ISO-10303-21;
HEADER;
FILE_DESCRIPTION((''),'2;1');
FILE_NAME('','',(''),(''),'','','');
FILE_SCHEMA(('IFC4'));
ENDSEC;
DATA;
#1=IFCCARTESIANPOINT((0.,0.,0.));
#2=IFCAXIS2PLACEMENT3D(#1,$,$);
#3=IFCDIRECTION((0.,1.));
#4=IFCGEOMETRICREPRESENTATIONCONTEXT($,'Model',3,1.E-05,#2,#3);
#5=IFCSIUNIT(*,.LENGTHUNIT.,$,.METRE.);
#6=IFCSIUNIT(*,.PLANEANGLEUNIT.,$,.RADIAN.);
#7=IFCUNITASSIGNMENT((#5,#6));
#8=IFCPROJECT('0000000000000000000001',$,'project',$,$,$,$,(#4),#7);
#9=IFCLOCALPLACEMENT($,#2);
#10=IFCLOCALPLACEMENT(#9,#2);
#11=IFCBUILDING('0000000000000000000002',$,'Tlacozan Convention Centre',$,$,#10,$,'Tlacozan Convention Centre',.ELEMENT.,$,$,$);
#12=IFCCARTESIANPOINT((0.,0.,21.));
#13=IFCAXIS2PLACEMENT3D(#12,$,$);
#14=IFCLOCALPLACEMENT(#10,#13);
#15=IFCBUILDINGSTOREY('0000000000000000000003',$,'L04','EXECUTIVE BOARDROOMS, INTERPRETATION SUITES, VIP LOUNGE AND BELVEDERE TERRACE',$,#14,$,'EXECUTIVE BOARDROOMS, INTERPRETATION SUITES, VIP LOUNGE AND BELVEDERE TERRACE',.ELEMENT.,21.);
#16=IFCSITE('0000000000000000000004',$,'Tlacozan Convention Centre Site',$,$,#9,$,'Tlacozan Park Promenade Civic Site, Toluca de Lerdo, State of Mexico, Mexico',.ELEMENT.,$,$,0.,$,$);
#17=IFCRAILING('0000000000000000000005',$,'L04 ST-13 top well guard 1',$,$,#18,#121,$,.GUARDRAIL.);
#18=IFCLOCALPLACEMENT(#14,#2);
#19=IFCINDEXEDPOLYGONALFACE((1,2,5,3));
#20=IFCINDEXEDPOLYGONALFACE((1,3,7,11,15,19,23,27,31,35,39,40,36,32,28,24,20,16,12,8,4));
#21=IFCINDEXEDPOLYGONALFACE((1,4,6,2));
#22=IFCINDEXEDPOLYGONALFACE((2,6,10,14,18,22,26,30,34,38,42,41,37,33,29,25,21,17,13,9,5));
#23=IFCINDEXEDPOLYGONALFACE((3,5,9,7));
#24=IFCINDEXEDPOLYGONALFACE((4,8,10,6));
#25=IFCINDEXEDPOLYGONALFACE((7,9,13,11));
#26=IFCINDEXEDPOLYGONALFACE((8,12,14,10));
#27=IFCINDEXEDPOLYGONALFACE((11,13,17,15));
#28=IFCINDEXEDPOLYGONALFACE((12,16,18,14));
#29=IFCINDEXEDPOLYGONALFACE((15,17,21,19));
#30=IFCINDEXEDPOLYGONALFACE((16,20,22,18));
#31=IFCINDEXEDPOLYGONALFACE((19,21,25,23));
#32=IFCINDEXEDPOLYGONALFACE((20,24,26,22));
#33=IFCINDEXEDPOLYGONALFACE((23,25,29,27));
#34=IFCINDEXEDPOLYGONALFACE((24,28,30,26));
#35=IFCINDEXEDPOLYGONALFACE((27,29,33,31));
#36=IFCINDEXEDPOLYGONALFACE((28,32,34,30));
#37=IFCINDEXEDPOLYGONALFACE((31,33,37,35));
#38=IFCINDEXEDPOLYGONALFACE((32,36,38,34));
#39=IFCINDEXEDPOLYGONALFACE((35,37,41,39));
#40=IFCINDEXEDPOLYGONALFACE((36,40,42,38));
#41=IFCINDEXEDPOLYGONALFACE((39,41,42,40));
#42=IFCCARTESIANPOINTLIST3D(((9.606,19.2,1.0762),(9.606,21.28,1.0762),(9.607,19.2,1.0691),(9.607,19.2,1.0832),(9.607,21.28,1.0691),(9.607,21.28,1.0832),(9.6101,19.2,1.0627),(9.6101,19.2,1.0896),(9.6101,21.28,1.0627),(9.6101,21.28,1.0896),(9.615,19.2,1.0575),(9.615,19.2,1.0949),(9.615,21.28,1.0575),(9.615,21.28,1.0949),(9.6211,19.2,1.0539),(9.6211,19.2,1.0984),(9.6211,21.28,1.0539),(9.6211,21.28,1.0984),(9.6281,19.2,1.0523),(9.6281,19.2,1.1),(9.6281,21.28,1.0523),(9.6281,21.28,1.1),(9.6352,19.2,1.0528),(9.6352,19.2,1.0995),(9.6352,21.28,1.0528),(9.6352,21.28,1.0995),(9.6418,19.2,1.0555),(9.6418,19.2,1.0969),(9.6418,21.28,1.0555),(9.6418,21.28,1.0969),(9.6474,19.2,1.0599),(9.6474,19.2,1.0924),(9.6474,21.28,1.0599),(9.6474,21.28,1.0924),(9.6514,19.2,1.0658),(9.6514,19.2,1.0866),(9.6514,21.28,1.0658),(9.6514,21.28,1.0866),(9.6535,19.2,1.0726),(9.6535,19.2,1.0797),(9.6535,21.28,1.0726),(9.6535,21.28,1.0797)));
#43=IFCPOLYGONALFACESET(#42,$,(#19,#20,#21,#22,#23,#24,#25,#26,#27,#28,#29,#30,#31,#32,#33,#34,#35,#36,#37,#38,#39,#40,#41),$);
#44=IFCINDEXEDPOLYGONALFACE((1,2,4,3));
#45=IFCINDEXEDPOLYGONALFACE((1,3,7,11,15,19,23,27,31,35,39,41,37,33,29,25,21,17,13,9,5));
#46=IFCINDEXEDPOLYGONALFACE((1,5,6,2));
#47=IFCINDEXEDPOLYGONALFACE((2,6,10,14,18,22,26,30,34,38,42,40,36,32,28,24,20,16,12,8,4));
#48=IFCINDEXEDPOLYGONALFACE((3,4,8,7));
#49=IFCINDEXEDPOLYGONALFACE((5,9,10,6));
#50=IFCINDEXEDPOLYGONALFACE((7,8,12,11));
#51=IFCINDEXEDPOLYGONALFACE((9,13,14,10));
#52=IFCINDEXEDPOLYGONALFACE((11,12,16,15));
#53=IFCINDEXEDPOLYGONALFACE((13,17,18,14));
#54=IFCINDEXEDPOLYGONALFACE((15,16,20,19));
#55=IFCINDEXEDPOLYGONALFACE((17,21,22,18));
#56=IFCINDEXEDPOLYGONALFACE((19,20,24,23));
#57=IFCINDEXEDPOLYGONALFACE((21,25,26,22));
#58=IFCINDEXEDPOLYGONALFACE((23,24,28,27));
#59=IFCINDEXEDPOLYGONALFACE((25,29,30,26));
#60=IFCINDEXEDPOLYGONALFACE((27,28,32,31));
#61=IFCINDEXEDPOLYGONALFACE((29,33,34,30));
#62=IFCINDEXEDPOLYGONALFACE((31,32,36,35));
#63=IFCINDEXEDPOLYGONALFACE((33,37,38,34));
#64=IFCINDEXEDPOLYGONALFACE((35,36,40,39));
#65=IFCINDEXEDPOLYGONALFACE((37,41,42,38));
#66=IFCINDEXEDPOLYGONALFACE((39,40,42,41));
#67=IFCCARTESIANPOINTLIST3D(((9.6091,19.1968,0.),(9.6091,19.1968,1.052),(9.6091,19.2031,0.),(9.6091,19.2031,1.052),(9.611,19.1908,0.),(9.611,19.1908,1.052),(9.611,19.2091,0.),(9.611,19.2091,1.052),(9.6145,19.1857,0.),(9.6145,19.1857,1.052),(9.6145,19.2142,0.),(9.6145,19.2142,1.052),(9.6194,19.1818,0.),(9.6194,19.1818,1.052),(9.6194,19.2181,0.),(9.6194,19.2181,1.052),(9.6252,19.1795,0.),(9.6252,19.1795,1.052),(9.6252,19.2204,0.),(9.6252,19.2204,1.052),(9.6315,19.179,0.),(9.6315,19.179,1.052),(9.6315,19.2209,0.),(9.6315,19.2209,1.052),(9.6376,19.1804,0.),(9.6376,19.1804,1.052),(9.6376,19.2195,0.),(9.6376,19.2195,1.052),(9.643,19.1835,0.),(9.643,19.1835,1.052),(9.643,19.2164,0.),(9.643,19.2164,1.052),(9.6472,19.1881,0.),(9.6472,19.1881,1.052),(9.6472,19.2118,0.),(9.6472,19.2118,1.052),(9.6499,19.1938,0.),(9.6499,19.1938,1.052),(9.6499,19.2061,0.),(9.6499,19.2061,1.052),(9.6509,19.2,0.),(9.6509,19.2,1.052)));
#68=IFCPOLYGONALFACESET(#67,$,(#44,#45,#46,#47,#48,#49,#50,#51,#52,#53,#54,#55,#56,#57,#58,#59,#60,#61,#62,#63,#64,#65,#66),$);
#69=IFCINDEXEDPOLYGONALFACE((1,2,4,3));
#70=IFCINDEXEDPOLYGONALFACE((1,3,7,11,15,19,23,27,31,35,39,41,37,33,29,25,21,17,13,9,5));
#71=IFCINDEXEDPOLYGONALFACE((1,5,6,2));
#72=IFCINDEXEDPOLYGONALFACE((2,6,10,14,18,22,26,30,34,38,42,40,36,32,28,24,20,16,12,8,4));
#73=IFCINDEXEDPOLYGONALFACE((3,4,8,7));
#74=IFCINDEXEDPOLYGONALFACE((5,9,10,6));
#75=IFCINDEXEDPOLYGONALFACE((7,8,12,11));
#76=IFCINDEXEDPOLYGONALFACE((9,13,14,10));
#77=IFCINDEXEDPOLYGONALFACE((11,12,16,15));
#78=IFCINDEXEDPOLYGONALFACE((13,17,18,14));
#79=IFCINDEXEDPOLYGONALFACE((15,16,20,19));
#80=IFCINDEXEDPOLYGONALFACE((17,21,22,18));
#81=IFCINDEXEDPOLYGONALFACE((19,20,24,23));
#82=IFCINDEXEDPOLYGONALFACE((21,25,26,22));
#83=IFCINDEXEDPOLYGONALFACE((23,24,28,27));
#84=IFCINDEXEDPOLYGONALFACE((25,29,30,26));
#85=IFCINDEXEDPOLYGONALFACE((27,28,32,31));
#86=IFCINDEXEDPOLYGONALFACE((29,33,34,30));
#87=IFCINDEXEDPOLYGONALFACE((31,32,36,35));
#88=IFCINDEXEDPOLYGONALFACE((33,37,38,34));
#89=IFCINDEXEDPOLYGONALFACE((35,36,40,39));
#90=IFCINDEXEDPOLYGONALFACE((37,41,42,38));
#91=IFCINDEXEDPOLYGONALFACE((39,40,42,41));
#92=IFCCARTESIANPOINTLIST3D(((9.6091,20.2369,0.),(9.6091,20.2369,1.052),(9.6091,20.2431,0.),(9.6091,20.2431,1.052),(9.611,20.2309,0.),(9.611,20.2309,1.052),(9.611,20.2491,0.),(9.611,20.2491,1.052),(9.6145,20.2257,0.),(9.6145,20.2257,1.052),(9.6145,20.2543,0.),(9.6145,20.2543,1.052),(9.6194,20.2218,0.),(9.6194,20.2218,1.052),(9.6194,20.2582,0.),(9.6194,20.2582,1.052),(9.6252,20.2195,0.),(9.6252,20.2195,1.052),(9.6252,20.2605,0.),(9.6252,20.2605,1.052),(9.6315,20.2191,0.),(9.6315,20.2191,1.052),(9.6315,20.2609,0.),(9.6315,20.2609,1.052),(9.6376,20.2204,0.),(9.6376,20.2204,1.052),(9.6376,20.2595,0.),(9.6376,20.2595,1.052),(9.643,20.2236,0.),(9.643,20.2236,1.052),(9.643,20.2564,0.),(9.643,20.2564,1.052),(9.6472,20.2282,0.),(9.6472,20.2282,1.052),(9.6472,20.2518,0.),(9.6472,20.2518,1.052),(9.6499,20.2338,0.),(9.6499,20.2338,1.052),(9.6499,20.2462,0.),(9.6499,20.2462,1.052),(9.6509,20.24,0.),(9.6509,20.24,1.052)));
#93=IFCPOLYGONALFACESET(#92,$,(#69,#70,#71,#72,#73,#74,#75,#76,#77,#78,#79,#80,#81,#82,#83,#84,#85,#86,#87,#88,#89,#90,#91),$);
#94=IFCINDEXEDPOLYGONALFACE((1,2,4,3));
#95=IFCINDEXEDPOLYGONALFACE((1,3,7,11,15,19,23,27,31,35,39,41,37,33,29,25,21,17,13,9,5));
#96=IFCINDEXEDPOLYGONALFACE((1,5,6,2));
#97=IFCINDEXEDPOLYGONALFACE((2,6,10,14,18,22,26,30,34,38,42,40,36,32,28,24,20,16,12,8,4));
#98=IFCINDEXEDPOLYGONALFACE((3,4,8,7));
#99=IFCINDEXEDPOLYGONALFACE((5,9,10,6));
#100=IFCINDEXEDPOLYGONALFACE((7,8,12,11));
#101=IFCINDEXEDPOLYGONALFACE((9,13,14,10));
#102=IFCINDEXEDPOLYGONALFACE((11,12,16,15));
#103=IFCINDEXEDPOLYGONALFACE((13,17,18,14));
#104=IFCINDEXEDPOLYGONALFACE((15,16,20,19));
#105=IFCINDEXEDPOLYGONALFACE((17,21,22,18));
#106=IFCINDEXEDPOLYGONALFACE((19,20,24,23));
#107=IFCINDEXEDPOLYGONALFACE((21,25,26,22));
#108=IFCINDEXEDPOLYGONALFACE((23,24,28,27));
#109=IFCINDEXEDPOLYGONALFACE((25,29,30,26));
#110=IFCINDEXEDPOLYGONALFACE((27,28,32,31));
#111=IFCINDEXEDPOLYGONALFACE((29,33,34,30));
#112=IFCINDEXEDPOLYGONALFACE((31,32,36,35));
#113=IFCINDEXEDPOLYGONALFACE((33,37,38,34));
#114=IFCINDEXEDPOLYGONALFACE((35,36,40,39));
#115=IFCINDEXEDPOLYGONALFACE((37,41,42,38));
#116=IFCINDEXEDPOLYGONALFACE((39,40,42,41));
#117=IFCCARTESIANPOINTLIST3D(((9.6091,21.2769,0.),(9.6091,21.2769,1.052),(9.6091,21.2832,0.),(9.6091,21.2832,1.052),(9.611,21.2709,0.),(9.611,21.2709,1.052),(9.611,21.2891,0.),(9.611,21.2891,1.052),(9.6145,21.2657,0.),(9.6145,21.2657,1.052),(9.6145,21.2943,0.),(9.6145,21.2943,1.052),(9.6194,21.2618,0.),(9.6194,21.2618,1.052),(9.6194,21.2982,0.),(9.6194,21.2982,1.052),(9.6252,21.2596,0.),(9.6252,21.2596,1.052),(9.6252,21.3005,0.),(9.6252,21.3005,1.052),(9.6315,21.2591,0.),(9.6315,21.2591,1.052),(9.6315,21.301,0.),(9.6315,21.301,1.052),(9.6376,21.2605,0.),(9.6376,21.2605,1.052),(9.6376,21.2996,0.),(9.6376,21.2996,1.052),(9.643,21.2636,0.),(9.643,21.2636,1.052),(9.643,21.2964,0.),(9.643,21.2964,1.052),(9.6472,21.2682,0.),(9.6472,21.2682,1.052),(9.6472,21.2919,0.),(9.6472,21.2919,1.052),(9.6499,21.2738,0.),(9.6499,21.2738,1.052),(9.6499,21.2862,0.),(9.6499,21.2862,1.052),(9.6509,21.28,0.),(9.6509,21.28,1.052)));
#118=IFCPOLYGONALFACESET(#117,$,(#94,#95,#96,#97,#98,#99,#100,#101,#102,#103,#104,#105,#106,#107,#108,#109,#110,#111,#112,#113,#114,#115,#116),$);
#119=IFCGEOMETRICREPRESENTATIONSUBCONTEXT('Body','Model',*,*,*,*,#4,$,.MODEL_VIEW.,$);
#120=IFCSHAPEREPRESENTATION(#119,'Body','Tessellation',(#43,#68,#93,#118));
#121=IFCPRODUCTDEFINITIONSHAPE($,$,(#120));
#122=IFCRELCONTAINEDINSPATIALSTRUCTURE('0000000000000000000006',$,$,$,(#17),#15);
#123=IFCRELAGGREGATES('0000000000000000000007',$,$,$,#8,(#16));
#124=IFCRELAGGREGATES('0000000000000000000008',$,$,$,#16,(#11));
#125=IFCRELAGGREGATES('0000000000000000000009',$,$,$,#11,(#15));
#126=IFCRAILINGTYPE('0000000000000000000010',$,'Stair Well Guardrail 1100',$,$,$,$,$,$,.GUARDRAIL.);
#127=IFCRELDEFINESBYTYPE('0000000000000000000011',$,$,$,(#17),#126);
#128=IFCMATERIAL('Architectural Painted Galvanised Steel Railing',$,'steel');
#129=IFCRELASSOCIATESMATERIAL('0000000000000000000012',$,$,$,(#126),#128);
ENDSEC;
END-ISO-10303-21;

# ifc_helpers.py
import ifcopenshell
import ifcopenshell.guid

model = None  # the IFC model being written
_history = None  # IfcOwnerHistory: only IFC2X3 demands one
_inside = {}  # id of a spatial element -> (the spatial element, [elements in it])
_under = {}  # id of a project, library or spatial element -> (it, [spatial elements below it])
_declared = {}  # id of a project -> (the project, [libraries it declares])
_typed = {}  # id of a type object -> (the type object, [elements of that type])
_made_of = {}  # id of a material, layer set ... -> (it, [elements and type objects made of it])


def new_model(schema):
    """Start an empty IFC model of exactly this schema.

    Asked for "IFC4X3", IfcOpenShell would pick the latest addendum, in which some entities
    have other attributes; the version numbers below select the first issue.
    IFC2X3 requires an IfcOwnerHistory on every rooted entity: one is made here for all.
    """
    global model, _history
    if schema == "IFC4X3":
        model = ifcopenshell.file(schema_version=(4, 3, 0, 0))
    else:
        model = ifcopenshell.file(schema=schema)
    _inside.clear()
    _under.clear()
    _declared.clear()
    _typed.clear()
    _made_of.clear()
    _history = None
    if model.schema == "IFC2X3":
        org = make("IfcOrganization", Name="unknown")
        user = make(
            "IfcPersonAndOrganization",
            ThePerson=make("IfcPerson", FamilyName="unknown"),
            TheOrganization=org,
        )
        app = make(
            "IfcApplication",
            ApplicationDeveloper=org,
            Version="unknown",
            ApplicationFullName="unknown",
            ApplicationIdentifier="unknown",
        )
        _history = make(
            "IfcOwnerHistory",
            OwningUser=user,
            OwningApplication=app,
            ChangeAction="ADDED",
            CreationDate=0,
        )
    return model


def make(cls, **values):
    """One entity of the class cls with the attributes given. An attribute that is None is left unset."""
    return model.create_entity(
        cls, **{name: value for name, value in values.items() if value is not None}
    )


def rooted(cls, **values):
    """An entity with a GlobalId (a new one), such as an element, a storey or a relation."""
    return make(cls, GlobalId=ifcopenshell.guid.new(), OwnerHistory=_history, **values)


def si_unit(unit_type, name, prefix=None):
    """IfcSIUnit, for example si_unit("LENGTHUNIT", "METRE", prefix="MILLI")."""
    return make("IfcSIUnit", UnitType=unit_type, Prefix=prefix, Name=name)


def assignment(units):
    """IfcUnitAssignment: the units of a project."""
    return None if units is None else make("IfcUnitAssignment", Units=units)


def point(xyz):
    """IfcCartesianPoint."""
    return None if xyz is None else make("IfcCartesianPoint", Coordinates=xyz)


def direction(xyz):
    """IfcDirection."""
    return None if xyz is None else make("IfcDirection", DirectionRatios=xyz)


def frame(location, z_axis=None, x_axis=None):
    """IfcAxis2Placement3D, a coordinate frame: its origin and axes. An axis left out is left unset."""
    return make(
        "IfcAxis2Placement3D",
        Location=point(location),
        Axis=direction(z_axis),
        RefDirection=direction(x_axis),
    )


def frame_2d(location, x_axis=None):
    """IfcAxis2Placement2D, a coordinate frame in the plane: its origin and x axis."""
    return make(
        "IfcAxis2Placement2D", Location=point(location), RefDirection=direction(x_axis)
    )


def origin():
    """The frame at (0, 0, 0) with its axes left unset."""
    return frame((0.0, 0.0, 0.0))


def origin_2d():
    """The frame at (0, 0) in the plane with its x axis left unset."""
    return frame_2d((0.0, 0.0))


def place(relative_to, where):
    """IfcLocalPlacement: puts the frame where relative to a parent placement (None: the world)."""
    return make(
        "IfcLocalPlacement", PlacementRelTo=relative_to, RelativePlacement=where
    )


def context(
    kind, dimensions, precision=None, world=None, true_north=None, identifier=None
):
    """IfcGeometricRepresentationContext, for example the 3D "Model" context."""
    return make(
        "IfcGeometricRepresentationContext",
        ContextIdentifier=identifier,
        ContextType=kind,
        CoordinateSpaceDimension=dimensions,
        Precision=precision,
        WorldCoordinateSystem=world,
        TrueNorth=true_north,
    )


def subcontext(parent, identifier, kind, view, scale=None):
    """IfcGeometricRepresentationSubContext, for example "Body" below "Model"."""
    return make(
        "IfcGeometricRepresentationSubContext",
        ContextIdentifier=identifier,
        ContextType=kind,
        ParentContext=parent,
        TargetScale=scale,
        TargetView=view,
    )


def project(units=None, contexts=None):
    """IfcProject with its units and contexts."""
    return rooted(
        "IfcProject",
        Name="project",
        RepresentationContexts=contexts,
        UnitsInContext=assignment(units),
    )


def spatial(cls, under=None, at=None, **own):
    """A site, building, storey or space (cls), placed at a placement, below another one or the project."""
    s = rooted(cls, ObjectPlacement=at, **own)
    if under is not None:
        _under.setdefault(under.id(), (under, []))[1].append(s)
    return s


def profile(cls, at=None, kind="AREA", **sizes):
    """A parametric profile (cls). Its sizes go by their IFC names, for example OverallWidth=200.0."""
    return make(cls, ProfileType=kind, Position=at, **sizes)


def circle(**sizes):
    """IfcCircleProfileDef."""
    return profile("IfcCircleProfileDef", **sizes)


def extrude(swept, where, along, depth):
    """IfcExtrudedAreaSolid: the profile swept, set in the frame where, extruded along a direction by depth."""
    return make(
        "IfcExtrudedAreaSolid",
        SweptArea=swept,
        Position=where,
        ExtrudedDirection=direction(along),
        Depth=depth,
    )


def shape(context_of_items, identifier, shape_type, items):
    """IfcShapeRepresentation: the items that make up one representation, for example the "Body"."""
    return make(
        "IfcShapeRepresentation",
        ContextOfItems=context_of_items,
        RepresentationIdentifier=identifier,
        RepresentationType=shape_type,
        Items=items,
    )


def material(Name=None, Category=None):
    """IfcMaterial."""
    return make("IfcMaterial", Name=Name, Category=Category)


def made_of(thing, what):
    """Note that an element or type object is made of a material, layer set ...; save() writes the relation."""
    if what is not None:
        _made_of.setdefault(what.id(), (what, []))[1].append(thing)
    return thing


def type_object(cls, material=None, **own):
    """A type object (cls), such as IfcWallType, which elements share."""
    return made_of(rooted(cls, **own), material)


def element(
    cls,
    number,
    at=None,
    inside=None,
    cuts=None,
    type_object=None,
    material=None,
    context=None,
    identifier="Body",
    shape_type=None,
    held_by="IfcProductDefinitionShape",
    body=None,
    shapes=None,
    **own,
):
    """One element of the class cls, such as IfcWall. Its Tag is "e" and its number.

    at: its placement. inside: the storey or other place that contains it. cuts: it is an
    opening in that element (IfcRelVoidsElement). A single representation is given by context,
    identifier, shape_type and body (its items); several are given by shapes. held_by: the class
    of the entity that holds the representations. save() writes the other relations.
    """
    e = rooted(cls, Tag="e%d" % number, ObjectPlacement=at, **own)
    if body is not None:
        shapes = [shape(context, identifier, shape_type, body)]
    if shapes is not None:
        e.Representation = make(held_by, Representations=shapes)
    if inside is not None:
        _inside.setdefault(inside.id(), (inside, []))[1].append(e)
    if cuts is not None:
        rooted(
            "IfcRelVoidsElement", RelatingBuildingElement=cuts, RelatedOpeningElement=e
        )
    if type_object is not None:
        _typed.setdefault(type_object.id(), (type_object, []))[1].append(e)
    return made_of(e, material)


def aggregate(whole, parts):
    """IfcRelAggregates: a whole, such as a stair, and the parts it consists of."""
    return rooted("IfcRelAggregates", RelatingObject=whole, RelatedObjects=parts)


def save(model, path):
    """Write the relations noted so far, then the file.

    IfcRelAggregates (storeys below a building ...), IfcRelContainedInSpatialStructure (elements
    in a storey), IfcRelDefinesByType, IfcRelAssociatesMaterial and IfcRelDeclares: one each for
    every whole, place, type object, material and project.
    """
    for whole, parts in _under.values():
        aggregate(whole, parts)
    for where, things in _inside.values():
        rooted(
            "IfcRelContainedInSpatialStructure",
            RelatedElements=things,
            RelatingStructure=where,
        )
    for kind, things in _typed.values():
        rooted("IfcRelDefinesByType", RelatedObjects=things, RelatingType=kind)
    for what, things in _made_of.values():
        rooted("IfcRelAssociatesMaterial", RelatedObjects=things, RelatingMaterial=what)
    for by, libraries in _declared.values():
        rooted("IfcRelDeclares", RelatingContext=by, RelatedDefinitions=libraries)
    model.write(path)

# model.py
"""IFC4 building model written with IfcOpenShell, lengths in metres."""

from ifc_helpers import new_model, si_unit, direction, frame, origin, origin_2d, place, context, subcontext, project, spatial, circle, extrude, material, type_object, element, save


model = new_model("IFC4")

# Units and contexts
model_context = context("Model", 3, precision=1e-05, world=origin(), true_north=direction((0.0, 1.0)))
body_context = subcontext(model_context, "Body", "Model", "MODEL_VIEW")
ifc_project = project(units=[si_unit("LENGTHUNIT", "METRE"), si_unit("PLANEANGLEUNIT", "RADIAN")], contexts=[model_context])

# Site, building, storey
site_placement = place(None, origin())
site = spatial("IfcSite", under=ifc_project, at=site_placement, Name="Tlacozan Convention Centre Site", LongName="Tlacozan Park Promenade Civic Site, Toluca de Lerdo, State of Mexico, Mexico", CompositionType="ELEMENT", RefElevation=0.0)
building_placement = place(site_placement, origin())
building = spatial("IfcBuilding", under=site, at=building_placement, Name="Tlacozan Convention Centre", LongName="Tlacozan Convention Centre", CompositionType="ELEMENT")
storey_placement = place(building_placement, frame((0.0, 0.0, 21.0)))
storey = spatial("IfcBuildingStorey", under=building, at=storey_placement, Name="L04", Description="EXECUTIVE BOARDROOMS, INTERPRETATION SUITES, VIP LOUNGE AND BELVEDERE TERRACE", LongName="EXECUTIVE BOARDROOMS, INTERPRETATION SUITES, VIP LOUNGE AND BELVEDERE TERRACE", CompositionType="ELEMENT", Elevation=21.0)

# Railing
ifc_material_1 = material(Name="Architectural Painted Galvanised Steel Railing", Category="steel")
railing_type = type_object("IfcRailingType", Name="Stair Well Guardrail 1100", PredefinedType="GUARDRAIL", material=ifc_material_1)
railing_placement = place(storey_placement, frame((9.6299, 19.2, 0.0)))
element("IfcRailing", 1, at=railing_placement, inside=storey, type_object=railing_type, Name="L04 ST-13 top well guard 1", PredefinedType="GUARDRAIL", context=body_context, shape_type="SweptSolid", body=[
    extrude(circle(Radius=0.0239, at=origin_2d()), frame((0.0, 0.0, 1.0762), z_axis=(0.0, 1.0, 0.0), x_axis=(-1.0, 0.0, 0.0)), (0.0, 0.0, 1.0), 2.0801),
    extrude(circle(Radius=0.021, at=origin_2d()), origin(), (0.0, 0.0, 1.0), 1.052),
    extrude(circle(Radius=0.021, at=origin_2d()), frame((0.0, 1.04, 0.0)), (0.0, 0.0, 1.0), 1.052),
    extrude(circle(Radius=0.021, at=origin_2d()), frame((0.0, 2.0801, 0.0)), (0.0, 0.0, 1.0), 1.052),
])

save(model, "model.ifc")
